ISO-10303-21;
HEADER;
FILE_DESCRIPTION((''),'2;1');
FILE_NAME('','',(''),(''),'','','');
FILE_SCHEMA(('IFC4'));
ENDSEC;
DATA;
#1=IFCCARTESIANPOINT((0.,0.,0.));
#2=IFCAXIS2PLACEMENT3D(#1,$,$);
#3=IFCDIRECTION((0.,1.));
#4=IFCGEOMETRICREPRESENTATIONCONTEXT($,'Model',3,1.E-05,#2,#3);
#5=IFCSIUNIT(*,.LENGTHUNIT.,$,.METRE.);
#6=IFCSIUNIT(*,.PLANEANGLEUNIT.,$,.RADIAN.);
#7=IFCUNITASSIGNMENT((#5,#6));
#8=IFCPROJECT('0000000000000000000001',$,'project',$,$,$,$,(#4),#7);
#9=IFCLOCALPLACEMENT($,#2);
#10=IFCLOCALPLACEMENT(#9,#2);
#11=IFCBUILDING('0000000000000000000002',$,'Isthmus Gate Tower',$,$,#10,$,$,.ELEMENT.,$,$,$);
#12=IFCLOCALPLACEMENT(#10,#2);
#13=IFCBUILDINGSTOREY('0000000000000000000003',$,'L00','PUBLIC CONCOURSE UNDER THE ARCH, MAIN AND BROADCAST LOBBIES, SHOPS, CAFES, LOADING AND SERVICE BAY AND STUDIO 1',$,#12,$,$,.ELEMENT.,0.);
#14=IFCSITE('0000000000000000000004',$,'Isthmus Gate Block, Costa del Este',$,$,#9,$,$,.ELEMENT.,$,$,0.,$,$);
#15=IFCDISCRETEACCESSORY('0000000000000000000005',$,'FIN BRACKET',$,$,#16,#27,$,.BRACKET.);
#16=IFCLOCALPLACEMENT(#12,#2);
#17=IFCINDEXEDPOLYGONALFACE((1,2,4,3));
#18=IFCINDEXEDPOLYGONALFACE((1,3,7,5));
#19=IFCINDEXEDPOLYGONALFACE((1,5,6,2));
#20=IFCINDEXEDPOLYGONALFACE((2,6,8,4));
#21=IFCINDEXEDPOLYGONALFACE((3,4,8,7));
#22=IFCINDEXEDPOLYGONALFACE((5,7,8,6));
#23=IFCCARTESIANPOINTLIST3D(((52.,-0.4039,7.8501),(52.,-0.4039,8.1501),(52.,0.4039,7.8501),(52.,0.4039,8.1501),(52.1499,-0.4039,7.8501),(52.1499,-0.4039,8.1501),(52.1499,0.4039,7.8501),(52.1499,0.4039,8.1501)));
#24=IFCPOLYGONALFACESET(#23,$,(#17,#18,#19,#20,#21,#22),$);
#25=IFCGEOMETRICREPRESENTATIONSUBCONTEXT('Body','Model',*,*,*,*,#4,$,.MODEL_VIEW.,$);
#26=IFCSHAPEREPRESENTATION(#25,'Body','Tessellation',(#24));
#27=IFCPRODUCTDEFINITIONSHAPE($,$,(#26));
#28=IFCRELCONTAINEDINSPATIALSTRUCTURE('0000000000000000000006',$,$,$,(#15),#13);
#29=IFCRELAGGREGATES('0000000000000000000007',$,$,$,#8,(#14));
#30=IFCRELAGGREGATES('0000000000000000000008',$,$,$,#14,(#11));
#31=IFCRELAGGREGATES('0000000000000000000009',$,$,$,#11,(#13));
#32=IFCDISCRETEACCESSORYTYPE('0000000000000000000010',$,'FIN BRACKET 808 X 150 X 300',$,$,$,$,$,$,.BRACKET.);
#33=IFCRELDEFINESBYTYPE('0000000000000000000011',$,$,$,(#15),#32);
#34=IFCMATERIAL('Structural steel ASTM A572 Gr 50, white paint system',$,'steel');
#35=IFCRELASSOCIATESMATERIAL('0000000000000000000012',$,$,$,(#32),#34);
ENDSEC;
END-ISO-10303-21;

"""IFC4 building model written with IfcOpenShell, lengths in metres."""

from ifc_helpers import new_model, si_unit, direction, frame, origin, origin_2d, place, context, subcontext, project, spatial, rectangle, extrude, material, type_object, element, save


model = new_model("IFC4")

# Units and contexts
model_context = context("Model", 3, precision=1e-05, world=origin(), true_north=direction((0.0, 1.0)))
body_context = subcontext(model_context, "Body", "Model", "MODEL_VIEW")
ifc_project = project(units=[si_unit("LENGTHUNIT", "METRE"), si_unit("PLANEANGLEUNIT", "RADIAN")], contexts=[model_context])

# Site, building, storey
site_placement = place(None, origin())
site = spatial("IfcSite", under=ifc_project, at=site_placement, Name="Isthmus Gate Block, Costa del Este", CompositionType="ELEMENT", RefElevation=0.0)
building_placement = place(site_placement, origin())
building = spatial("IfcBuilding", under=site, at=building_placement, Name="Isthmus Gate Tower", CompositionType="ELEMENT")
storey_placement = place(building_placement, origin())
storey = spatial("IfcBuildingStorey", under=building, at=storey_placement, Name="L00", Description="PUBLIC CONCOURSE UNDER THE ARCH, MAIN AND BROADCAST LOBBIES, SHOPS, CAFES, LOADING AND SERVICE BAY AND STUDIO 1", CompositionType="ELEMENT", Elevation=0.0)

# Discrete accessory
ifc_material_1 = material(Name="Structural steel ASTM A572 Gr 50, white paint system", Category="steel")
discrete_accessory_type = type_object("IfcDiscreteAccessoryType", Name="FIN BRACKET 808 X 150 X 300", PredefinedType="BRACKET", material=ifc_material_1)
discrete_accessory_placement = place(storey_placement, frame((52.075, 0.0, 7.8501), z_axis=(0.0, 0.0, 1.0), x_axis=(1.0, 0.0, 0.0)))
element("IfcDiscreteAccessory", 1, at=discrete_accessory_placement, inside=storey, type_object=discrete_accessory_type, Name="FIN BRACKET", PredefinedType="BRACKET", context=body_context, shape_type="SweptSolid", body=[
    extrude(rectangle(XDim=0.1499, YDim=0.8079, at=origin_2d()), origin(), (0.0, 0.0, 1.0), 0.3),
])

save(model, "model.ifc")
